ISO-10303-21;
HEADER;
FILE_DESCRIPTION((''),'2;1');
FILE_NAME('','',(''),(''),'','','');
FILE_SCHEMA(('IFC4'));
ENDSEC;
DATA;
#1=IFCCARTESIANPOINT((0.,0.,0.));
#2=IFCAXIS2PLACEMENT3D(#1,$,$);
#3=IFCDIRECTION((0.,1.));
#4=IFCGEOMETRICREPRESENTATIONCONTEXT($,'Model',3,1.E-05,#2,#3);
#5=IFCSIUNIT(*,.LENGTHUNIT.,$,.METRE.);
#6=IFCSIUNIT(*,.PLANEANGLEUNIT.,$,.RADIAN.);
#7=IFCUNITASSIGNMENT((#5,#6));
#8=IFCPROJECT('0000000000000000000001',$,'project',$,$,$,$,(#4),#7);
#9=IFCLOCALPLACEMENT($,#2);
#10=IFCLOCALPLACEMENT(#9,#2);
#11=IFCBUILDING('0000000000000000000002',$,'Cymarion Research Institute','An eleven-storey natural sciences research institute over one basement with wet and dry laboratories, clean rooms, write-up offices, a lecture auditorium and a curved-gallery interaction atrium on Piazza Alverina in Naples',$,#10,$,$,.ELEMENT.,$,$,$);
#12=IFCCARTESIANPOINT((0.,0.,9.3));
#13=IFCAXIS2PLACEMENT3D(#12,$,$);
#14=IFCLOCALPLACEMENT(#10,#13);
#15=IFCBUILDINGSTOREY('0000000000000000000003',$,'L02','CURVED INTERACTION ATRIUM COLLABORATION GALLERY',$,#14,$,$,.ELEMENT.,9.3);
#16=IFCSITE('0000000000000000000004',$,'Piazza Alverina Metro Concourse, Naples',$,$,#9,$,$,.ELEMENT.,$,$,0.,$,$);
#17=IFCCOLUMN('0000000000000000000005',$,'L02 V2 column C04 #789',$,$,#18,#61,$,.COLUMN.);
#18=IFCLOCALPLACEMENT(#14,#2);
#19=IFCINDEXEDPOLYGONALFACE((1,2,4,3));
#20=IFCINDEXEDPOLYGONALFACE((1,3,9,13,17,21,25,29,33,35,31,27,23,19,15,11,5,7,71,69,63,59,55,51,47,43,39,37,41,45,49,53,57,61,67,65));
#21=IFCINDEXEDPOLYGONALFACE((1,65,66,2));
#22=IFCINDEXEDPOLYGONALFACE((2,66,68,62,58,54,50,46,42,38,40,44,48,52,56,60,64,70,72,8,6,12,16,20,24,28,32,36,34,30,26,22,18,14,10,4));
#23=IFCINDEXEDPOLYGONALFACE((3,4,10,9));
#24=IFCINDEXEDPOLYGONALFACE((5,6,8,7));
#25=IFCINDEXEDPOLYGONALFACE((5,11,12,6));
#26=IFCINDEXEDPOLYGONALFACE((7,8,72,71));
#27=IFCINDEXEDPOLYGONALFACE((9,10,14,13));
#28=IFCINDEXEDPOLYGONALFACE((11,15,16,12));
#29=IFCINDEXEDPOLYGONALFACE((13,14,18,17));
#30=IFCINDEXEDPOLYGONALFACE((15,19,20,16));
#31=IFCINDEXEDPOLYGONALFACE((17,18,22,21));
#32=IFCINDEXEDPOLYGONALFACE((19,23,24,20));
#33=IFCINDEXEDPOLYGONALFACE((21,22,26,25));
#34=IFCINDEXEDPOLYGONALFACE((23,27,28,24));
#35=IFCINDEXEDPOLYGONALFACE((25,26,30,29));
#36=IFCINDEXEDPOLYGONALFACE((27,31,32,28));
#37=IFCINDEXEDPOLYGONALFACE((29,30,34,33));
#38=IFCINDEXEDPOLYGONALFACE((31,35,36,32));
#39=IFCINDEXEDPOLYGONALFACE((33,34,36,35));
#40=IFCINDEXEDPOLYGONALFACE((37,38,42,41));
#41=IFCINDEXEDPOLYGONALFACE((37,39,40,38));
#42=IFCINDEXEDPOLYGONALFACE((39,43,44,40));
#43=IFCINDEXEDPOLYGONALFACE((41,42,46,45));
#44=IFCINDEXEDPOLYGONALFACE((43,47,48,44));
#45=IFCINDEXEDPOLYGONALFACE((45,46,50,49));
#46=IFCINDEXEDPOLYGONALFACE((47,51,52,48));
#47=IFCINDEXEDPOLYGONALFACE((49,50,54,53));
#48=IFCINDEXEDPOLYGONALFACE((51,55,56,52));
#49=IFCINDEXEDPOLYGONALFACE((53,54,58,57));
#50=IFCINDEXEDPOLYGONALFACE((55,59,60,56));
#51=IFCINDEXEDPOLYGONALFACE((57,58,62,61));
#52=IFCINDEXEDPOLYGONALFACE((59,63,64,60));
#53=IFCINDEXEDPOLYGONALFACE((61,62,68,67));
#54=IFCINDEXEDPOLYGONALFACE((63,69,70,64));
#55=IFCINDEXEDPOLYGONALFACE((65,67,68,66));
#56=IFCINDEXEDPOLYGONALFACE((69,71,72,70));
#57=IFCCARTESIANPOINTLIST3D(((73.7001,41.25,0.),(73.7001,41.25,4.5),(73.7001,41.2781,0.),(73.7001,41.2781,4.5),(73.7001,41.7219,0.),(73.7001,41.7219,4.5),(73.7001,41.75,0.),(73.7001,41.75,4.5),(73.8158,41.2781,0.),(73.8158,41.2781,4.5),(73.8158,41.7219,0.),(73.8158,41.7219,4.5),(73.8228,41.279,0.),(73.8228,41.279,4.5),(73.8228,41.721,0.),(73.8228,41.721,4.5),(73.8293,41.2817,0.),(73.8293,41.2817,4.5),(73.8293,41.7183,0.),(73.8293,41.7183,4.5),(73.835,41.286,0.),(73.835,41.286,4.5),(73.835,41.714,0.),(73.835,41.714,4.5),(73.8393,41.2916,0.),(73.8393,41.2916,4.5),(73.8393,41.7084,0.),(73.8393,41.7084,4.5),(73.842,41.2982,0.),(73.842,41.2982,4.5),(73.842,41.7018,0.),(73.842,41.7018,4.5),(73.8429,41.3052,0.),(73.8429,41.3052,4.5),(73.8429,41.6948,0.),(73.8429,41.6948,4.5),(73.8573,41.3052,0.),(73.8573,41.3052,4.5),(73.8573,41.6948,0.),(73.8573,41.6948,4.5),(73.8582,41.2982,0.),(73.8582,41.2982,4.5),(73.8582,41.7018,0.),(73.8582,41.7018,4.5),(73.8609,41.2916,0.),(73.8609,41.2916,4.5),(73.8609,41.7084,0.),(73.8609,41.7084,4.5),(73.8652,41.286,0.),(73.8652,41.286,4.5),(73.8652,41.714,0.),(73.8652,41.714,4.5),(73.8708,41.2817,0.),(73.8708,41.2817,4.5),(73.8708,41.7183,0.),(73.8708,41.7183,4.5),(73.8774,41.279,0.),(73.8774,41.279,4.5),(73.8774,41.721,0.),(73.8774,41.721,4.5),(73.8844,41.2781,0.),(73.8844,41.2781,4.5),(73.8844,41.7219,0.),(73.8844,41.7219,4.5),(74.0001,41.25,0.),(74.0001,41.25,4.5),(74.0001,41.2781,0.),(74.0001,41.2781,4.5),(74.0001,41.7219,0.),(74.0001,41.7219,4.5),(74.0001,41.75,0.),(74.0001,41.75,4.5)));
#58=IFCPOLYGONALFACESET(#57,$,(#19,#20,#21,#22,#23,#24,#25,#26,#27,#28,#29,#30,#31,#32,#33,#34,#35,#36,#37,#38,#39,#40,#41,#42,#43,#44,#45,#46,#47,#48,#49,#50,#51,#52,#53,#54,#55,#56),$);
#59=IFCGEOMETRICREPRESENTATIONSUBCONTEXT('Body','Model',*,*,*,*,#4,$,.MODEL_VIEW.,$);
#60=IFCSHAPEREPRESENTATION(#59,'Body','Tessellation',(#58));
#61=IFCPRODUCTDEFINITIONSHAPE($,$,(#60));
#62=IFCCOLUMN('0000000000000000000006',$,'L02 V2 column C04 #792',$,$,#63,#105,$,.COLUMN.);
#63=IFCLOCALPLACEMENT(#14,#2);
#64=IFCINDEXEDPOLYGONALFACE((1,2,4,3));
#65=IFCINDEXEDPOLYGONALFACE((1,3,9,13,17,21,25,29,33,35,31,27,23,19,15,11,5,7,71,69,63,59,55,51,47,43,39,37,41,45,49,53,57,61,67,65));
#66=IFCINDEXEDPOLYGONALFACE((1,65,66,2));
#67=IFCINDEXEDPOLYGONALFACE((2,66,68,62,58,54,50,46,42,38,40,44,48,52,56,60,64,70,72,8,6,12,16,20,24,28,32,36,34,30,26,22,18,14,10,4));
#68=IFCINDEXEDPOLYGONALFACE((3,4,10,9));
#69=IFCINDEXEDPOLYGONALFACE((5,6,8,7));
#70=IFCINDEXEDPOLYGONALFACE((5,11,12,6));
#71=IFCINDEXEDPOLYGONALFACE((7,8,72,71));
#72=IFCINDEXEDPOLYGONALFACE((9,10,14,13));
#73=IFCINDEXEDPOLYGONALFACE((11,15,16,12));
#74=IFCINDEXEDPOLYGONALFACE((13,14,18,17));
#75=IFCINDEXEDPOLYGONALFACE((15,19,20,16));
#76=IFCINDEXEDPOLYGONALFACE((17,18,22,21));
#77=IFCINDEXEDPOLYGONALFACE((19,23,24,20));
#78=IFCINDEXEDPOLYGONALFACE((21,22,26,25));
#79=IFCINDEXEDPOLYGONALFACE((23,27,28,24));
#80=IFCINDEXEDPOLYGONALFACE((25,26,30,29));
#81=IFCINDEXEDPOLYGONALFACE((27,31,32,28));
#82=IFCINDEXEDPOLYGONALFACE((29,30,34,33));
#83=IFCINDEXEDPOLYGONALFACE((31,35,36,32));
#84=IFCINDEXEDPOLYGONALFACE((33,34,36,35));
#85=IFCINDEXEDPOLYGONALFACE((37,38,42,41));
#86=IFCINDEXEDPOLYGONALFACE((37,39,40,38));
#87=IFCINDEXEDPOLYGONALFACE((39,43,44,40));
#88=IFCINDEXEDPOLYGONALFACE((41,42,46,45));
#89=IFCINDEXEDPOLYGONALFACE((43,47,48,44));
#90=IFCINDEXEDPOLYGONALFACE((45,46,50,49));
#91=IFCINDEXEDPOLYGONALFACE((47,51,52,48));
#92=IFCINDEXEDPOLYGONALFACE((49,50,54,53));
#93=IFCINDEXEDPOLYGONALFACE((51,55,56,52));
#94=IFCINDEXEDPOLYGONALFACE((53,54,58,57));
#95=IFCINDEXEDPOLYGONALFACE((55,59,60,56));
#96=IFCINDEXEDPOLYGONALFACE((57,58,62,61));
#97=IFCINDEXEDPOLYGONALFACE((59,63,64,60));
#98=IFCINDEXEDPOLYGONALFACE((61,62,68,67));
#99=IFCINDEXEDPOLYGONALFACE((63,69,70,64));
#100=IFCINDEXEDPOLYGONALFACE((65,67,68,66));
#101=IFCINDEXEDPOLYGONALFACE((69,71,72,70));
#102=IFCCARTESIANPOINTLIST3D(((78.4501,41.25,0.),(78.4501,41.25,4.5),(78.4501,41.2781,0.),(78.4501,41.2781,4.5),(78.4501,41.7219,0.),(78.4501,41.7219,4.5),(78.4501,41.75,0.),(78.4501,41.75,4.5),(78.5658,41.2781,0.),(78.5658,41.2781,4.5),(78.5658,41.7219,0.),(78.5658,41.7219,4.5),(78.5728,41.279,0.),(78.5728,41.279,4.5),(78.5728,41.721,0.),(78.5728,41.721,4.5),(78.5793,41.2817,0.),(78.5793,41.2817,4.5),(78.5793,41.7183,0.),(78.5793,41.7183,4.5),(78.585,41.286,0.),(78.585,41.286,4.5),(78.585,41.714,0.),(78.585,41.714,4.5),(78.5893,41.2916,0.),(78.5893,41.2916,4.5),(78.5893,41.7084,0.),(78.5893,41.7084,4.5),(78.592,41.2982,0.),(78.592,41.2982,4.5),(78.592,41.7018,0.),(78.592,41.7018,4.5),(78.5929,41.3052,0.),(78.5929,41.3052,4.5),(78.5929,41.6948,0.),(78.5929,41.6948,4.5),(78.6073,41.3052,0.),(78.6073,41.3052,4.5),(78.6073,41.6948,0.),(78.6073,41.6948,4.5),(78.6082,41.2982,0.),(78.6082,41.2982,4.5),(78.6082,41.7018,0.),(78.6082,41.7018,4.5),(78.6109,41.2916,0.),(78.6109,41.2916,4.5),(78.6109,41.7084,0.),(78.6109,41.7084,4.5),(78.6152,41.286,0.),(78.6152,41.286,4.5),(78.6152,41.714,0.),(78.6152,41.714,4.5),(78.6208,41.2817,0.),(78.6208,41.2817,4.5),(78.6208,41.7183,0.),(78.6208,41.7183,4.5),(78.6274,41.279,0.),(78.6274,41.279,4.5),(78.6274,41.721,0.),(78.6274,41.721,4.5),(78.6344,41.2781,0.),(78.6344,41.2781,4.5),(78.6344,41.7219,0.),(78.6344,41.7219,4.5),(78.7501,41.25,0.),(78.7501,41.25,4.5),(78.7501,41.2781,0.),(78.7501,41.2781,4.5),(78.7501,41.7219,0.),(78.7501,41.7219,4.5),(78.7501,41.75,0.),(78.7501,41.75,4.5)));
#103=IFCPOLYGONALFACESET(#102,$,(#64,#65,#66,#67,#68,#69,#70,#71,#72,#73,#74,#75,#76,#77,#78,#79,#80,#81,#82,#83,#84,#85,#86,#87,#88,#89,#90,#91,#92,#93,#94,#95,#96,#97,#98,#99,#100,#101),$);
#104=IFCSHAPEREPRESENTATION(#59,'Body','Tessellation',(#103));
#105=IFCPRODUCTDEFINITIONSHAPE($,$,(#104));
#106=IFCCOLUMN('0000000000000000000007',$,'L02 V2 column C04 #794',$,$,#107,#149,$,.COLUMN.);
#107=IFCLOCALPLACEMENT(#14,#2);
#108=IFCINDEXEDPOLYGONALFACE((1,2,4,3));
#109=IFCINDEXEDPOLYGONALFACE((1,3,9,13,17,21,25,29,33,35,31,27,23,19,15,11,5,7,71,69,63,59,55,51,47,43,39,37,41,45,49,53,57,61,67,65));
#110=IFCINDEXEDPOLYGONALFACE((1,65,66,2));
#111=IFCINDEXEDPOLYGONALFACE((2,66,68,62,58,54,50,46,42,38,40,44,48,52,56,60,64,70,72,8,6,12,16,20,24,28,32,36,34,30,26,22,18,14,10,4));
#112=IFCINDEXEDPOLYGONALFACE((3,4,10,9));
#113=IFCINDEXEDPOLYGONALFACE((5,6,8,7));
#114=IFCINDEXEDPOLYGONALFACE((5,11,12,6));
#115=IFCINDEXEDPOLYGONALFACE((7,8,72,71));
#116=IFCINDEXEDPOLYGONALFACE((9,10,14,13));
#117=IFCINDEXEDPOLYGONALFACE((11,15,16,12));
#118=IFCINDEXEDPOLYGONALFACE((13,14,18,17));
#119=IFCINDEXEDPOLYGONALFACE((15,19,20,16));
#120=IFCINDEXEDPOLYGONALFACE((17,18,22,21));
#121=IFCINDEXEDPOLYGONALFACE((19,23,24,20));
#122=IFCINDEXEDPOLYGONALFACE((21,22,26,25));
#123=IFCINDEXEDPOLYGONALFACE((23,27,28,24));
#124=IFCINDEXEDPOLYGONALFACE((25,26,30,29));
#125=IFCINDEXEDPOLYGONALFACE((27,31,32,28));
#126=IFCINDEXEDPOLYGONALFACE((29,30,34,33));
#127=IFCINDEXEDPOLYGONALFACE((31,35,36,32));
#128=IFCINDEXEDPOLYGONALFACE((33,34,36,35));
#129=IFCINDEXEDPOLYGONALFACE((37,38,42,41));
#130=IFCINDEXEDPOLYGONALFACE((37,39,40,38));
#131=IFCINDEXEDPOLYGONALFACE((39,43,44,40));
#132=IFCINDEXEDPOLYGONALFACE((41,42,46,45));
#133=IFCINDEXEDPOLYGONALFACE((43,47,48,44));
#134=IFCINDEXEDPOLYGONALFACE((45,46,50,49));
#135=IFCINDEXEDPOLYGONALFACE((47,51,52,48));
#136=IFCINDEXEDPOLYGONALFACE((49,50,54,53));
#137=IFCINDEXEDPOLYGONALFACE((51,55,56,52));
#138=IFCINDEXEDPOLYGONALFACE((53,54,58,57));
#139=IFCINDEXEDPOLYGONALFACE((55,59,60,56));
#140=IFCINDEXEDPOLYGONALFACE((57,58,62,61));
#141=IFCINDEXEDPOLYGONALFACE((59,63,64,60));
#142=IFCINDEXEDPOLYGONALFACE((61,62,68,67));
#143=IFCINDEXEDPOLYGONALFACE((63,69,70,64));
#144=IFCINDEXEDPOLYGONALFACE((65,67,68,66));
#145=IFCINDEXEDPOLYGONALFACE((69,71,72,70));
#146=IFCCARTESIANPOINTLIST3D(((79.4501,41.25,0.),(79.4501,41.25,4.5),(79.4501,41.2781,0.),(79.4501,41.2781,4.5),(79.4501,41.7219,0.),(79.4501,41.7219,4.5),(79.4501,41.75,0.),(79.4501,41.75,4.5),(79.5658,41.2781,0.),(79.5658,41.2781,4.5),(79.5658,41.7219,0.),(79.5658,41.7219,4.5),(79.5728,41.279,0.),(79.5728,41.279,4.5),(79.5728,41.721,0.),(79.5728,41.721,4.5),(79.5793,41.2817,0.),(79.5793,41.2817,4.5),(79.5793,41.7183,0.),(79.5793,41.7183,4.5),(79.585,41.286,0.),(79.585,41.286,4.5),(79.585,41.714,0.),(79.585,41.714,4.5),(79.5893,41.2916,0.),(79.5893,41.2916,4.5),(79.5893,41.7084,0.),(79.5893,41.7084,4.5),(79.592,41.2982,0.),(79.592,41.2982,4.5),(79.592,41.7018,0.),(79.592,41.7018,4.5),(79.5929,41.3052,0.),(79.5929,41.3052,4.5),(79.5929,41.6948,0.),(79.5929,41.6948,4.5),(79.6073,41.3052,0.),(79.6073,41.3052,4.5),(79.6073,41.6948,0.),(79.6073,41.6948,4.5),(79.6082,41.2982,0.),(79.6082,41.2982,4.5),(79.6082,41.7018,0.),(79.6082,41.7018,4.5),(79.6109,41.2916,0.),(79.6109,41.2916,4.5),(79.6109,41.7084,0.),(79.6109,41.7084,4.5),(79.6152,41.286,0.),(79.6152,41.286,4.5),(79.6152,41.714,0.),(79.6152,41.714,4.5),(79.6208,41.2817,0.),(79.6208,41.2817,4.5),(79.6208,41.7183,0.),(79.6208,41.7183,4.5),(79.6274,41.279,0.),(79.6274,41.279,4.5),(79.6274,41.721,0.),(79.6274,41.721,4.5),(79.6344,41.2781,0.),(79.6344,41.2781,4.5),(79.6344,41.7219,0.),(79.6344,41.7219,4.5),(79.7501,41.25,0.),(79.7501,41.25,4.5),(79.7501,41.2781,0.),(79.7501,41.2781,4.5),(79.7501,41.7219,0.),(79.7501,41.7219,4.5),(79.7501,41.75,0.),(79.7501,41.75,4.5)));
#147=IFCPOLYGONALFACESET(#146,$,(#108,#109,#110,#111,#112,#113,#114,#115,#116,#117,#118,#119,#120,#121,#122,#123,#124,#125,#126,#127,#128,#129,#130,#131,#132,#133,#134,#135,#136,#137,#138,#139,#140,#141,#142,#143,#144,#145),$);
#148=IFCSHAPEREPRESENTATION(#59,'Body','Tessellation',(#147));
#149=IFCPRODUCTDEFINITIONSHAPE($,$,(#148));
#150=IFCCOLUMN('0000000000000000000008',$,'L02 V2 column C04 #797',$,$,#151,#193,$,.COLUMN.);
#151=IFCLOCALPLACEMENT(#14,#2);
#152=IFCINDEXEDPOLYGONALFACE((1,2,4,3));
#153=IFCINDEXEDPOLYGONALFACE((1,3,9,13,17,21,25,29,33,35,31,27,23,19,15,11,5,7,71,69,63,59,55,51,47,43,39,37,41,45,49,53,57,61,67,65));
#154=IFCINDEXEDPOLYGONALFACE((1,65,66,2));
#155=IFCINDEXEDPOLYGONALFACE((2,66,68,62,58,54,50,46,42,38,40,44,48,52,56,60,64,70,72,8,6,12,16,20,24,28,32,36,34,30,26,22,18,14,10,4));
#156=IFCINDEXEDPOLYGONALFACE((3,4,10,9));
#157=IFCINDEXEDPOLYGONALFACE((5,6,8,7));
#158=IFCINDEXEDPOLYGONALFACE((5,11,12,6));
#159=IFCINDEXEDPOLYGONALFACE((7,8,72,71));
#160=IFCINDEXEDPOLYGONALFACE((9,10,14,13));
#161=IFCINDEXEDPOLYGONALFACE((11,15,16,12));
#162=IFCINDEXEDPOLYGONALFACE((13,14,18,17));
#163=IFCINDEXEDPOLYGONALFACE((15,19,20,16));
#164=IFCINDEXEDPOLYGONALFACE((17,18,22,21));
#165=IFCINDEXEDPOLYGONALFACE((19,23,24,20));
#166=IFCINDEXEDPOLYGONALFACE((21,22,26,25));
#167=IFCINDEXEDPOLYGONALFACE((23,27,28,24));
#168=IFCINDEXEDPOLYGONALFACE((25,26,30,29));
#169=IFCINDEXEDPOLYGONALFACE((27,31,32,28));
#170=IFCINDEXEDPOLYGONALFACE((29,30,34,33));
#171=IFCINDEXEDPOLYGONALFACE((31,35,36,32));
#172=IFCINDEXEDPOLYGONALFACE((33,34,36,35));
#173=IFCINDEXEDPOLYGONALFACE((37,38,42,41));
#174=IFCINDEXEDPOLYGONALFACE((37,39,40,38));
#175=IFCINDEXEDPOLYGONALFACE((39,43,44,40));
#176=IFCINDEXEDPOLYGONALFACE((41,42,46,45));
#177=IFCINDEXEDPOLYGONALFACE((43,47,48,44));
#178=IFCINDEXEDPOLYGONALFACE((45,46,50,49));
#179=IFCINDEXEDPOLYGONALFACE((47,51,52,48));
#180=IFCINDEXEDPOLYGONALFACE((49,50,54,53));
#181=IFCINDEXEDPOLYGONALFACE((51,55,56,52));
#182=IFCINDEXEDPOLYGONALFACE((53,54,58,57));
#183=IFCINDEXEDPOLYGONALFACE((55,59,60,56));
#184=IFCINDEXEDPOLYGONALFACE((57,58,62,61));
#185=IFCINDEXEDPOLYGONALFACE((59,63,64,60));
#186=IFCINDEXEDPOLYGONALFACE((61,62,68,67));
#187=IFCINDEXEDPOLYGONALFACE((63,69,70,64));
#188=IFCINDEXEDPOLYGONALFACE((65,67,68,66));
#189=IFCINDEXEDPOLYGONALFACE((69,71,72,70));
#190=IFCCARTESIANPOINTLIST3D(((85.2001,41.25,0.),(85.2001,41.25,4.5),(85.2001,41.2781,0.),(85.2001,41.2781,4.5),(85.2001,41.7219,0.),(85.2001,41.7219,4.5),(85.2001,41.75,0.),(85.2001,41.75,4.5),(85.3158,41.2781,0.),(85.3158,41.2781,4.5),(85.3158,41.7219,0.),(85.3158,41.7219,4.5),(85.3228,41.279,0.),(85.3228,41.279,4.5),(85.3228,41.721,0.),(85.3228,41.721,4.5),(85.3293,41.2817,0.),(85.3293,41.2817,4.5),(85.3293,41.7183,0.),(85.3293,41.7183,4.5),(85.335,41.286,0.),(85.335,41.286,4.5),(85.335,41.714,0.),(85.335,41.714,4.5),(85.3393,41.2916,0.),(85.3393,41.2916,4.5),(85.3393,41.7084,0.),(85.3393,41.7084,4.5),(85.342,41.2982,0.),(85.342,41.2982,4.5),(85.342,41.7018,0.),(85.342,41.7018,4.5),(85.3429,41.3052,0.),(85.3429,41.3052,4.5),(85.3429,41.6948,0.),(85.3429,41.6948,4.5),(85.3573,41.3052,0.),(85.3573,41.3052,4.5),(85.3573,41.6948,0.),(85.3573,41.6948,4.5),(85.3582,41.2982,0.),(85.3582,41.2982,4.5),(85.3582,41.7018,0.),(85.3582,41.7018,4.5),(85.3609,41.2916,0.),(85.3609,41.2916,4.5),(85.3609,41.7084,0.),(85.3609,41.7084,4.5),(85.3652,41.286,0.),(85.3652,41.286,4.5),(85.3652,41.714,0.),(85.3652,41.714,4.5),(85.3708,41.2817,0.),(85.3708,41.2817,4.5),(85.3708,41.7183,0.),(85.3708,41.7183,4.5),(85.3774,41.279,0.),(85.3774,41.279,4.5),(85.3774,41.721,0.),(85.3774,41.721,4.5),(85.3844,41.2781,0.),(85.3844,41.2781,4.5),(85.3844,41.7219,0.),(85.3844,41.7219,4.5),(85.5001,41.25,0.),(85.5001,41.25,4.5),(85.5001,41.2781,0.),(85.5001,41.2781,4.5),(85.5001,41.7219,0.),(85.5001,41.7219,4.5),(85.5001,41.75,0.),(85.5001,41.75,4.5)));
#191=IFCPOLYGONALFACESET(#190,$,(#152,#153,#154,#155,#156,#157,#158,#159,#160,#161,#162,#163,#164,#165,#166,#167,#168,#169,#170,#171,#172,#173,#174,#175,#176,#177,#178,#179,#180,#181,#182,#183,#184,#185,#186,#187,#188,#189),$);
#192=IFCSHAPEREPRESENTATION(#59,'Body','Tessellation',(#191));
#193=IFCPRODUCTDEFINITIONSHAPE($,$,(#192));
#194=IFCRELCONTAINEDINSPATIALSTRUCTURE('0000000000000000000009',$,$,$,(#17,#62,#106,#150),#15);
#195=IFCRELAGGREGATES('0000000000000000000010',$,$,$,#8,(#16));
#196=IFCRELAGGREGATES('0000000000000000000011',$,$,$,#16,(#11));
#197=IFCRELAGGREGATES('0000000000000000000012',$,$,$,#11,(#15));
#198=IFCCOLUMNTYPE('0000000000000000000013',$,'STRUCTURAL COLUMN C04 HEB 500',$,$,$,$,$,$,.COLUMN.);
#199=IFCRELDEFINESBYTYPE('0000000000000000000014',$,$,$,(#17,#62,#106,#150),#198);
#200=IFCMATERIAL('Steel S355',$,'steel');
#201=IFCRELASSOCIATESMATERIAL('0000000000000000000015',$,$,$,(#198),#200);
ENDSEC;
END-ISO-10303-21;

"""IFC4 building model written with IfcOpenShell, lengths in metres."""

from ifc_helpers import new_model, si_unit, direction, frame, origin, origin_2d, place, context, subcontext, project, spatial, i_section, extrude, material, material_profile, profile_set, type_object, element, save


model = new_model("IFC4")

# Units and contexts
model_context = context("Model", 3, precision=1e-05, world=origin(), true_north=direction((0.0, 1.0)))
body_context = subcontext(model_context, "Body", "Model", "MODEL_VIEW")
ifc_project = project(units=[si_unit("LENGTHUNIT", "METRE"), si_unit("PLANEANGLEUNIT", "RADIAN")], contexts=[model_context])

# Site, building, storey
site_placement = place(None, origin())
site = spatial("IfcSite", under=ifc_project, at=site_placement, Name="Piazza Alverina Metro Concourse, Naples", CompositionType="ELEMENT", RefElevation=0.0)
building_placement = place(site_placement, origin())
building = spatial("IfcBuilding", under=site, at=building_placement, Name="Cymarion Research Institute", Description="An eleven-storey natural sciences research institute over one basement with wet and dry laboratories, clean rooms, write-up offices, a lecture auditorium and a curved-gallery interaction atrium on Piazza Alverina in Naples", CompositionType="ELEMENT")
storey_placement = place(building_placement, frame((0.0, 0.0, 9.3)))
storey = spatial("IfcBuildingStorey", under=building, at=storey_placement, Name="L02", Description="CURVED INTERACTION ATRIUM COLLABORATION GALLERY", CompositionType="ELEMENT", Elevation=9.3)

# Columns
ifc_material_1 = material(Name="Steel S355", Category="steel")
ifc_material_profile_1 = material_profile(ifc_material_1, i_section(OverallWidth=0.3, OverallDepth=0.5, WebThickness=0.0144, FlangeThickness=0.0281, FilletRadius=0.0271, at=origin_2d()), Name="HEB 500")
ifc_profile_set_1 = profile_set([ifc_material_profile_1], Name="Steel S355")
column_type_1 = type_object("IfcColumnType", Name="STRUCTURAL COLUMN C04 HEB 500", PredefinedType="COLUMN", material=ifc_profile_set_1)
for number, where, z_axis, x_axis, name in (
    (1, (73.8501, 41.5, 0.0), (0.0, 0.0, 1.0), (1.0, 0.0, 0.0), "L02 V2 column C04 #789"),
    (2, (78.6001, 41.5, 0.0), (0.0, 0.0, 1.0), (1.0, 0.0, 0.0), "L02 V2 column C04 #792"),
    (3, (79.6001, 41.5, 0.0), (0.0, 0.0, 1.0), (1.0, 0.0, 0.0), "L02 V2 column C04 #794"),
    (4, (85.3501, 41.5, 0.0), (0.0, 0.0, 1.0), (1.0, 0.0, 0.0), "L02 V2 column C04 #797"),
):
    element("IfcColumn", number, at=place(storey_placement, frame(where, z_axis=z_axis, x_axis=x_axis)), inside=storey, type_object=column_type_1, Name=name, PredefinedType="COLUMN", context=body_context, shape_type="SweptSolid", body=[
        extrude(i_section(OverallWidth=0.3, OverallDepth=0.5, WebThickness=0.0144, FlangeThickness=0.0281, FilletRadius=0.0271, at=origin_2d()), origin(), (0.0, 0.0, 1.0), 4.5),
    ])

save(model, "model.ifc")
